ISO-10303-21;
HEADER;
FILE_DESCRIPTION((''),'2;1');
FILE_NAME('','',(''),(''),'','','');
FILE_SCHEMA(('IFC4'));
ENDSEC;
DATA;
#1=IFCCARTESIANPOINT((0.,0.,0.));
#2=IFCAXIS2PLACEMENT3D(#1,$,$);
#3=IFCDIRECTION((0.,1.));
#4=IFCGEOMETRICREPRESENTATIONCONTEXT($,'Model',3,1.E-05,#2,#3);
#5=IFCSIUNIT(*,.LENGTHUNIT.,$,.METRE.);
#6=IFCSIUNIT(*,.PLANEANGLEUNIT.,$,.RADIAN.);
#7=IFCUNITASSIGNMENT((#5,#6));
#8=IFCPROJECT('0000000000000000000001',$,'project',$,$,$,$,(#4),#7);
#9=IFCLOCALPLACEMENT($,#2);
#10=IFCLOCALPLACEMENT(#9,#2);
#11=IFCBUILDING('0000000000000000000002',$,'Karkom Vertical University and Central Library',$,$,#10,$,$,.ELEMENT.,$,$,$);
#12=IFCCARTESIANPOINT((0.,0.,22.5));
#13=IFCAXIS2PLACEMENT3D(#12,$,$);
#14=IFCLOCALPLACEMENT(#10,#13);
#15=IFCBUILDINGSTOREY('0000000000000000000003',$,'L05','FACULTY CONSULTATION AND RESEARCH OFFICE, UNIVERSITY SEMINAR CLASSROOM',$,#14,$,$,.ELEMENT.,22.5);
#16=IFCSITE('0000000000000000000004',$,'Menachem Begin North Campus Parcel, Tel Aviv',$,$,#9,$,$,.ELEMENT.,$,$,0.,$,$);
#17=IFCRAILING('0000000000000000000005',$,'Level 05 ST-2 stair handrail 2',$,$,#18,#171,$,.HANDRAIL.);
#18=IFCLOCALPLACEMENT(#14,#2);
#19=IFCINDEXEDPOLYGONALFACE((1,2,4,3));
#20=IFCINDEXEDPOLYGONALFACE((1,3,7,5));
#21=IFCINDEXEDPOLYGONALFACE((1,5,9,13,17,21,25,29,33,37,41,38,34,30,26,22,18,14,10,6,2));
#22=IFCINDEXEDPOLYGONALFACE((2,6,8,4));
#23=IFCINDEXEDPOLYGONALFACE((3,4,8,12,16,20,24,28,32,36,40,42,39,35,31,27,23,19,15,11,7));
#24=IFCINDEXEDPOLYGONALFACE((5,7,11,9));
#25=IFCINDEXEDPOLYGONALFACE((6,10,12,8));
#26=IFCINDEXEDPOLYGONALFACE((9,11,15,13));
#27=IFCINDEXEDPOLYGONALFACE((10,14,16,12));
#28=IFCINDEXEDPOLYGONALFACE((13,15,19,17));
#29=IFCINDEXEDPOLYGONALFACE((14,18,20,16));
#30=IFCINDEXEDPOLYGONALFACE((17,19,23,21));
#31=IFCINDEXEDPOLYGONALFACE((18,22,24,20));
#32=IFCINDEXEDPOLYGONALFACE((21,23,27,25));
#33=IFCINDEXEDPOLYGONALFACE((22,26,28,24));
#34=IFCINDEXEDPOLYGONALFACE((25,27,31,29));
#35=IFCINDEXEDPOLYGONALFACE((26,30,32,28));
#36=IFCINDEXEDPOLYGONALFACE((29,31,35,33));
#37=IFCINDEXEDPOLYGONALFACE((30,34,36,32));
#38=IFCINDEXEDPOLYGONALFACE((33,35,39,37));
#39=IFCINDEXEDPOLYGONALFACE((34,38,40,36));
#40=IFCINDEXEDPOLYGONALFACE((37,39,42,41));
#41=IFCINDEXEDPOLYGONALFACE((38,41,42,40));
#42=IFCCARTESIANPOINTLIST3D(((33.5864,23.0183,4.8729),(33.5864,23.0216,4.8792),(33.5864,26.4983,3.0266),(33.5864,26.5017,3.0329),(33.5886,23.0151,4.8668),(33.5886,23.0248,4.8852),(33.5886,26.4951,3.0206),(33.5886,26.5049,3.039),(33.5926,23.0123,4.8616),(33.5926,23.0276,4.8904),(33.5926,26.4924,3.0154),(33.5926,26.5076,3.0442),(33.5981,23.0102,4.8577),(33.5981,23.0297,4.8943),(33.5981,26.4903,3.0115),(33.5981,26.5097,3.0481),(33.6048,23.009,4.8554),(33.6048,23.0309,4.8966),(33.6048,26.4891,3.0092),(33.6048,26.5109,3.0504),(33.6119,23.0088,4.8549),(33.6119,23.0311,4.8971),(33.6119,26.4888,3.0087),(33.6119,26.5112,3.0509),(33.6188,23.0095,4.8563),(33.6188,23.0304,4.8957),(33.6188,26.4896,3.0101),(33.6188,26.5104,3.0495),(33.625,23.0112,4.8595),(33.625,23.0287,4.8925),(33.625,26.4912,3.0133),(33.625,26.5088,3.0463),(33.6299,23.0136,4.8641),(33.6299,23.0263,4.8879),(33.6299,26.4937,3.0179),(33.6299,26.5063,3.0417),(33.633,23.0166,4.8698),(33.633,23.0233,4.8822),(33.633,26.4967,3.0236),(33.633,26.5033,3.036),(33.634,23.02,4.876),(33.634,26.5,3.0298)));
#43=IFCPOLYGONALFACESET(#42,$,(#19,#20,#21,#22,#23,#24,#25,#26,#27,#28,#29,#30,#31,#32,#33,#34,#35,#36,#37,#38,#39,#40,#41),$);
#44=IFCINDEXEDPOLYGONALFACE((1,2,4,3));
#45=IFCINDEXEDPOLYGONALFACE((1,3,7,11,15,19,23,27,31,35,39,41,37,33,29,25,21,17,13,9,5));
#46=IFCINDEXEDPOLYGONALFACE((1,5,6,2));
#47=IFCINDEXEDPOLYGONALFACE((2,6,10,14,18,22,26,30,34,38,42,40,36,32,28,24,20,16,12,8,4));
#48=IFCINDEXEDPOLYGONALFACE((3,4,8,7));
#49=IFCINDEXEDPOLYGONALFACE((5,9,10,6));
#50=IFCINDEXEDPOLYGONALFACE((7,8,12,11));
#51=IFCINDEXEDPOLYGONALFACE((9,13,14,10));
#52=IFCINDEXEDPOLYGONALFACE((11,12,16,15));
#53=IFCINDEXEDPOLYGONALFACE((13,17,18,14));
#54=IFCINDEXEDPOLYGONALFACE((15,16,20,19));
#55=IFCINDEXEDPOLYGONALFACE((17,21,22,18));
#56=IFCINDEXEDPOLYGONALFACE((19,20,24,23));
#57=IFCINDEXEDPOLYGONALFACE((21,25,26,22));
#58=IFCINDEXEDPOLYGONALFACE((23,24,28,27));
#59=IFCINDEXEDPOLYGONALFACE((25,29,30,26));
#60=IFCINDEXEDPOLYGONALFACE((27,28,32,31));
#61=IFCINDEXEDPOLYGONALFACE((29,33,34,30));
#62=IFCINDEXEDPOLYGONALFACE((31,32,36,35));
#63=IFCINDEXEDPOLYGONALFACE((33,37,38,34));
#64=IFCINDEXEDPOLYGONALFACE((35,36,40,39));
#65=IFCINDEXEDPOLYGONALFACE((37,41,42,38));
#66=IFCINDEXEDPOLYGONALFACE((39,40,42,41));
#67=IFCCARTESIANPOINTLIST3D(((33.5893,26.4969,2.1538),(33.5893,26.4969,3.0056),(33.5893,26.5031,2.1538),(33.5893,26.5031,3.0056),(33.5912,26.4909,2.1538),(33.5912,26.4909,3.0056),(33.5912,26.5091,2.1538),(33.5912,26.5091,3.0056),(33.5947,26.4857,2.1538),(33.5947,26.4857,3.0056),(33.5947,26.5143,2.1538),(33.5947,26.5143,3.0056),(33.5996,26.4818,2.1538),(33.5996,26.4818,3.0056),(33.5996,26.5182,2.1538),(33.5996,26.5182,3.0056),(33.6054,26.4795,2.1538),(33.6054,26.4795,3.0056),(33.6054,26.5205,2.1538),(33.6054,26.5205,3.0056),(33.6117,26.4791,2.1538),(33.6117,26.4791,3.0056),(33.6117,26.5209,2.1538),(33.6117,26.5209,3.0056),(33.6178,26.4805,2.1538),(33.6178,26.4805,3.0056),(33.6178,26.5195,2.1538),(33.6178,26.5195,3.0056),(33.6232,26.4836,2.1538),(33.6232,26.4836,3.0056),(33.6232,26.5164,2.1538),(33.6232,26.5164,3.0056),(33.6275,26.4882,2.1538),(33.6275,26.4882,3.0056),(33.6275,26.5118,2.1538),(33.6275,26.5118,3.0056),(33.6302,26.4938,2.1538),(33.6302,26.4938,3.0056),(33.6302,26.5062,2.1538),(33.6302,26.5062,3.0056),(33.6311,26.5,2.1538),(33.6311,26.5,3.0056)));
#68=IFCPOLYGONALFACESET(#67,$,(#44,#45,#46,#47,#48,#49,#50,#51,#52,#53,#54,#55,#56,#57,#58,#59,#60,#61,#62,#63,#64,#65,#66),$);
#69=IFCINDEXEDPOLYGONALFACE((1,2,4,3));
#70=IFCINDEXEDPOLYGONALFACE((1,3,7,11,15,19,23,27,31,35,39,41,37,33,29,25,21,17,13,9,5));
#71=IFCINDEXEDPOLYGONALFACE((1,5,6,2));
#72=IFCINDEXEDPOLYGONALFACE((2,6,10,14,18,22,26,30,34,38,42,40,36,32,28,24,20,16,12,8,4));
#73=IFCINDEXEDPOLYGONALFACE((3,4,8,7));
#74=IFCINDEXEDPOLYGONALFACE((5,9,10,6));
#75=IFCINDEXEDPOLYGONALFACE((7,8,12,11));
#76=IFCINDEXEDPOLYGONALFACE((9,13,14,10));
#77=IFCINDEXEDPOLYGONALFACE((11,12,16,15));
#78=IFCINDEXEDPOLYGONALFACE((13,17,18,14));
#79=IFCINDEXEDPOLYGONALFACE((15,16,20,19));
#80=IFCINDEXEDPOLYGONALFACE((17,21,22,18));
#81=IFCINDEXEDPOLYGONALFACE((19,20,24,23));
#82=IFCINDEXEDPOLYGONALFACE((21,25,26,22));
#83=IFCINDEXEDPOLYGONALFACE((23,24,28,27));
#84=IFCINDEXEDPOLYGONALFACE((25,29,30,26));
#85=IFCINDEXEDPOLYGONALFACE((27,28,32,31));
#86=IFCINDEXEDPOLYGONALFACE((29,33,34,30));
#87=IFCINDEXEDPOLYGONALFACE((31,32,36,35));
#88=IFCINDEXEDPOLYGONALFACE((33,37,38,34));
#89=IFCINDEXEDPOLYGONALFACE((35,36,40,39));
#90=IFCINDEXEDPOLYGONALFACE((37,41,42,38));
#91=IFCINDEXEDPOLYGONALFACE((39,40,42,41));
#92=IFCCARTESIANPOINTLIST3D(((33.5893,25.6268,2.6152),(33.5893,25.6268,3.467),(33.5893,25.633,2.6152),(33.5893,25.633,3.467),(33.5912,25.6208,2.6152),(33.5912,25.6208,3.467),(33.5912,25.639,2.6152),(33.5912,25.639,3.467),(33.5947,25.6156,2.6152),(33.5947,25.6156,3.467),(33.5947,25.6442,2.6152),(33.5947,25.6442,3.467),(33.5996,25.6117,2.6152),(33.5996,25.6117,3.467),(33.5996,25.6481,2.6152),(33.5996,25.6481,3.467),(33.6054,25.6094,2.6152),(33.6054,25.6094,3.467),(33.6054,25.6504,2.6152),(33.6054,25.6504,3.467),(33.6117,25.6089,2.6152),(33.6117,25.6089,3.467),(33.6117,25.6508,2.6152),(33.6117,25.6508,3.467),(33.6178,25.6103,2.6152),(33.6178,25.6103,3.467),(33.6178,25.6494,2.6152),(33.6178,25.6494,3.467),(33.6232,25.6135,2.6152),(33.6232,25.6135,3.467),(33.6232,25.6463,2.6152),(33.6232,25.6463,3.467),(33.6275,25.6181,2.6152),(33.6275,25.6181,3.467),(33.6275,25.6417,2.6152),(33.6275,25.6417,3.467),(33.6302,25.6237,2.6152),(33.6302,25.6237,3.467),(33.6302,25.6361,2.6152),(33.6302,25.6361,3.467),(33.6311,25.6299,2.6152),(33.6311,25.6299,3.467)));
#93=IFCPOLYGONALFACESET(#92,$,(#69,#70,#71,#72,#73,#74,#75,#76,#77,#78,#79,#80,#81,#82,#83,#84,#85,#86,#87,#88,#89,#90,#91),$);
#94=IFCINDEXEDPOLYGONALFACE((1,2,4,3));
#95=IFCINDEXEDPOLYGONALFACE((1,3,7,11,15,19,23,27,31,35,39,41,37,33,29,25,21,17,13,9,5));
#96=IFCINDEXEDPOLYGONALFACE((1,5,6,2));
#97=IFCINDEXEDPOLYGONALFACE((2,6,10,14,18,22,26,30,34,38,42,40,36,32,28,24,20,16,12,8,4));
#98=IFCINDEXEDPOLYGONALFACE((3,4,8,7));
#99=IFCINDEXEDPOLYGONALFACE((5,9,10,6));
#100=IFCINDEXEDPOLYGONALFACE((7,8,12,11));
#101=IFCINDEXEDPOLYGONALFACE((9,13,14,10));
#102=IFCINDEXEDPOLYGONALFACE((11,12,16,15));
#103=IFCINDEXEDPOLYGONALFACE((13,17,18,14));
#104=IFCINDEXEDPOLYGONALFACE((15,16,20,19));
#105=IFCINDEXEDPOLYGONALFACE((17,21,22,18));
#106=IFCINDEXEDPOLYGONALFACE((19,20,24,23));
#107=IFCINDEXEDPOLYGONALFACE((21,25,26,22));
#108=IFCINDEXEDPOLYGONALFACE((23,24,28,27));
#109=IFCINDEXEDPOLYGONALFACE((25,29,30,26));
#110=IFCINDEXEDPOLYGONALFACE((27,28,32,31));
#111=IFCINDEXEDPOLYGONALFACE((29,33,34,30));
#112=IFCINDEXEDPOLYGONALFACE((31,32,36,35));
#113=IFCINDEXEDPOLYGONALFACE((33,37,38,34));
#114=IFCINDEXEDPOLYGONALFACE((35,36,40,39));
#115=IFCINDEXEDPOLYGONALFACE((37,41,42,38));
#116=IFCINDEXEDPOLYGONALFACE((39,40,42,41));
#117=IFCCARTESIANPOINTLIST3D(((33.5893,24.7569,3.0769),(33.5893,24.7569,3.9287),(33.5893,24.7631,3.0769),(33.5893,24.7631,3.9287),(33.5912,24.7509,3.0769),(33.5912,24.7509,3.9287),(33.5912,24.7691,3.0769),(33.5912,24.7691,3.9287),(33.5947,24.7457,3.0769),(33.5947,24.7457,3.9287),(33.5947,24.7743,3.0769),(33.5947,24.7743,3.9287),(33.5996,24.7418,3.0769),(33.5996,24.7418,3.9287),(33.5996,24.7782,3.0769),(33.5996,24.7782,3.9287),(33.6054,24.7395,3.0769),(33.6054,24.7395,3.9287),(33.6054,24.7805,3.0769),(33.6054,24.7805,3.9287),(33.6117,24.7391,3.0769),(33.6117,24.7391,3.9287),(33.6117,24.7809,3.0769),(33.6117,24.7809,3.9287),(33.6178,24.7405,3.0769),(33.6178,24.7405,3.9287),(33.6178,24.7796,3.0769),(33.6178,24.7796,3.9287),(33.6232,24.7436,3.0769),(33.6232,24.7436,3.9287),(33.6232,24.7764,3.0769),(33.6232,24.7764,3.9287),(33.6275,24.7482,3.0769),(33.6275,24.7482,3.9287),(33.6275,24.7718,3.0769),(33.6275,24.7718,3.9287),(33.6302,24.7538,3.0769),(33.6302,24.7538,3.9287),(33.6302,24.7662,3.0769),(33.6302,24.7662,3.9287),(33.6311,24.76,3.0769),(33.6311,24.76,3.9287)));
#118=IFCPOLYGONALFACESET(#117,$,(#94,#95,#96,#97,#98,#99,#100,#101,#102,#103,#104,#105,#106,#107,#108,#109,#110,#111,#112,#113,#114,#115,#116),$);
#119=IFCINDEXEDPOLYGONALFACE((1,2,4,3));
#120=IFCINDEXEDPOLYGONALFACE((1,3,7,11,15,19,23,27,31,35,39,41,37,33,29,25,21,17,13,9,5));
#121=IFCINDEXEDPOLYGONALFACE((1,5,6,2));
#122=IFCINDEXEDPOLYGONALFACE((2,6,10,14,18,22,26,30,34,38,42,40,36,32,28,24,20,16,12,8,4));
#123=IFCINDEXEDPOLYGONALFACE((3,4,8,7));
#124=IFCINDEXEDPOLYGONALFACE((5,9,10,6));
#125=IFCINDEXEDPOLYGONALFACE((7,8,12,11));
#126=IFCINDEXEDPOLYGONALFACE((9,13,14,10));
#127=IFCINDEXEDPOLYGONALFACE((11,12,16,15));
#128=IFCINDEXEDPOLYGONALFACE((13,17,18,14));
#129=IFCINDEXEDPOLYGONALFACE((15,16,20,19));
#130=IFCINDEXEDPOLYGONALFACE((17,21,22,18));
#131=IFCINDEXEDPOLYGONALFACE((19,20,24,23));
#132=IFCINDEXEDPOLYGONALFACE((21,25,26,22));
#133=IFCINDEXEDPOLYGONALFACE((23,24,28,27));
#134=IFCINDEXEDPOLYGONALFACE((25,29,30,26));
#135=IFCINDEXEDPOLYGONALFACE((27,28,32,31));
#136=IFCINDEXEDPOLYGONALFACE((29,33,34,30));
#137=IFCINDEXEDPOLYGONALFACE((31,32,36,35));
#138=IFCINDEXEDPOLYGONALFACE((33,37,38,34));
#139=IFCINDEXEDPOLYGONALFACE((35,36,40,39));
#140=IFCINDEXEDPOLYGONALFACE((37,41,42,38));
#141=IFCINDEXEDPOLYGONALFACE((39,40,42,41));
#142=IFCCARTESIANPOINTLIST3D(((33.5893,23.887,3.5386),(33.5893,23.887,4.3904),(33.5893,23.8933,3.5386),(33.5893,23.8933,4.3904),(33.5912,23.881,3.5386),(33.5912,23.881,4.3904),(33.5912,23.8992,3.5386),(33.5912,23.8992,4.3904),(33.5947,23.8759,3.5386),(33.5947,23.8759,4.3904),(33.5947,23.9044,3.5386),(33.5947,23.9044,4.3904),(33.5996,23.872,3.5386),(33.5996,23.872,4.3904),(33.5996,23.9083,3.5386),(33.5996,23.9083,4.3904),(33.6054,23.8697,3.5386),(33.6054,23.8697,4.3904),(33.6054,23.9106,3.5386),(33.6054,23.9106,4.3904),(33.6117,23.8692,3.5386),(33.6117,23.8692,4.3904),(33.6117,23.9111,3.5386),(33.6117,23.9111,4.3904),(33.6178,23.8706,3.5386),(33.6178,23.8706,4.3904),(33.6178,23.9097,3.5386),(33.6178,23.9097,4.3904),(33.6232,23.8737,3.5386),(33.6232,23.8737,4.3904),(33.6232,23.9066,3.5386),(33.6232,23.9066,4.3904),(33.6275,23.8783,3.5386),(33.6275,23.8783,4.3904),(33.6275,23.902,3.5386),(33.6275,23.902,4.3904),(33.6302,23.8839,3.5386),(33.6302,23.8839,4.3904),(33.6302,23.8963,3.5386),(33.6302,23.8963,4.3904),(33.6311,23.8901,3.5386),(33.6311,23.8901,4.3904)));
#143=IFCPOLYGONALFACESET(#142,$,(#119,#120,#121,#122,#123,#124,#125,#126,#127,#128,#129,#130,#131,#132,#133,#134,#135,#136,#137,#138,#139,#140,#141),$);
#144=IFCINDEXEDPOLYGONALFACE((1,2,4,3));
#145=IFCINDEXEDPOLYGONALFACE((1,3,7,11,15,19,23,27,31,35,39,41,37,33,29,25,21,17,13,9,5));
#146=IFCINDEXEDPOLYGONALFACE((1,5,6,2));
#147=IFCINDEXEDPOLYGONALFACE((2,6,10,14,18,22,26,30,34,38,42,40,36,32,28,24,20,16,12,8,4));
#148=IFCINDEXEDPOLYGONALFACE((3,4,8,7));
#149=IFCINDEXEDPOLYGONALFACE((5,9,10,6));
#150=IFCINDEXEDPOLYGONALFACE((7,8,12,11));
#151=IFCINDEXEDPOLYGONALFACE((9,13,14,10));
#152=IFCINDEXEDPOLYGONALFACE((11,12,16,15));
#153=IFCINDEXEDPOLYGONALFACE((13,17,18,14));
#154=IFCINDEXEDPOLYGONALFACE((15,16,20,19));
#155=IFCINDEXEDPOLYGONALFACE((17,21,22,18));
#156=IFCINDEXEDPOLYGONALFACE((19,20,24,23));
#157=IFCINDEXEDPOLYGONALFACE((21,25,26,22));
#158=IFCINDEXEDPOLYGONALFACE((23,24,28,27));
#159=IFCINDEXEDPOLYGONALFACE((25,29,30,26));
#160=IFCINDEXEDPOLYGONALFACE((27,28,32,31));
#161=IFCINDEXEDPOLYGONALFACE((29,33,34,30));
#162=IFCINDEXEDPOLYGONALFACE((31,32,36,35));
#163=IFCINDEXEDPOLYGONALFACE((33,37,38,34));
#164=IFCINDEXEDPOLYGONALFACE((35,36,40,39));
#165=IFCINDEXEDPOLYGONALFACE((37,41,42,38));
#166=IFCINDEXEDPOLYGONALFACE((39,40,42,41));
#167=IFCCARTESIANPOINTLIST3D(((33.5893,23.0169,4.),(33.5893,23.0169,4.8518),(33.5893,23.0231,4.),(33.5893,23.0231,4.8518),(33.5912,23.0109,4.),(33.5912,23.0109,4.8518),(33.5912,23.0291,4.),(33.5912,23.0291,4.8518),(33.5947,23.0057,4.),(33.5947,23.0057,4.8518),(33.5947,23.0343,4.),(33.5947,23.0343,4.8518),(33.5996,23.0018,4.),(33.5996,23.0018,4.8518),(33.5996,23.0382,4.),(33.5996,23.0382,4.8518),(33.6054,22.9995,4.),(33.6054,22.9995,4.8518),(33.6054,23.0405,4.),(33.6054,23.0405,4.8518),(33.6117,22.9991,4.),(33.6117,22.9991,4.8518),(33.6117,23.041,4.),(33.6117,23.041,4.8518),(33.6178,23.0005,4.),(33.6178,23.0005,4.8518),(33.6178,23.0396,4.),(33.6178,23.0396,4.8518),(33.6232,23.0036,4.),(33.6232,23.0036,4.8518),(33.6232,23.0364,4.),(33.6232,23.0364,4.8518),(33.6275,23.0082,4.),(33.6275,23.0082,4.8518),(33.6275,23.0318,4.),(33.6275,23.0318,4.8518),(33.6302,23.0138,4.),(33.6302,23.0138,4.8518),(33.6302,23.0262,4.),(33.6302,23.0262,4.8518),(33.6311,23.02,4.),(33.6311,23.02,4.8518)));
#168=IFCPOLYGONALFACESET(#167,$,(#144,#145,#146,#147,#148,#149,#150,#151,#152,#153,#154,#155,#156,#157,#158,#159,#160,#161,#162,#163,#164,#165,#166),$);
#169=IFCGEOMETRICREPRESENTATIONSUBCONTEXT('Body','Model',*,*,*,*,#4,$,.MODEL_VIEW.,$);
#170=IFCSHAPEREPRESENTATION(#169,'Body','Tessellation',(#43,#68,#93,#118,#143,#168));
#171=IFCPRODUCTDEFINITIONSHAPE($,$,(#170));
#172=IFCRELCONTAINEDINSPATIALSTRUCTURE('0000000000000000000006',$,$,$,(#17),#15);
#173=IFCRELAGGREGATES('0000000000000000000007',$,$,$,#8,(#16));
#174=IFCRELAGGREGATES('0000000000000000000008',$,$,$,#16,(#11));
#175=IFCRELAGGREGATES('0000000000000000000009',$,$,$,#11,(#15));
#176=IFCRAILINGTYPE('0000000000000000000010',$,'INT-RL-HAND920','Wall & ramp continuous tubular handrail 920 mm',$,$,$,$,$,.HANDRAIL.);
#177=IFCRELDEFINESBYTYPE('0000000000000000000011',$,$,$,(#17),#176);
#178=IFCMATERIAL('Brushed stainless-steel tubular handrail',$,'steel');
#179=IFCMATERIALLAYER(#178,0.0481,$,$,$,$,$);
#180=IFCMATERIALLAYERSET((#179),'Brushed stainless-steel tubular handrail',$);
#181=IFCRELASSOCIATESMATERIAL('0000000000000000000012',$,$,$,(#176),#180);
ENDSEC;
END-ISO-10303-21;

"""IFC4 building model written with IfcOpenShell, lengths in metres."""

from ifc_helpers import new_model, si_unit, direction, frame, origin, origin_2d, place, context, subcontext, project, spatial, circle, extrude, material, layer, layer_set, type_object, element, save


model = new_model("IFC4")

# Units and contexts
model_context = context("Model", 3, precision=1e-05, world=origin(), true_north=direction((0.0, 1.0)))
body_context = subcontext(model_context, "Body", "Model", "MODEL_VIEW")
ifc_project = project(units=[si_unit("LENGTHUNIT", "METRE"), si_unit("PLANEANGLEUNIT", "RADIAN")], contexts=[model_context])

# Site, building, storey
site_placement = place(None, origin())
site = spatial("IfcSite", under=ifc_project, at=site_placement, Name="Menachem Begin North Campus Parcel, Tel Aviv", CompositionType="ELEMENT", RefElevation=0.0)
building_placement = place(site_placement, origin())
building = spatial("IfcBuilding", under=site, at=building_placement, Name="Karkom Vertical University and Central Library", CompositionType="ELEMENT")
storey_placement = place(building_placement, frame((0.0, 0.0, 22.5)))
storey = spatial("IfcBuildingStorey", under=building, at=storey_placement, Name="L05", Description="FACULTY CONSULTATION AND RESEARCH OFFICE, UNIVERSITY SEMINAR CLASSROOM", CompositionType="ELEMENT", Elevation=22.5)

# Railing
ifc_material_1 = material(Name="Brushed stainless-steel tubular handrail", Category="steel")
ifc_layer_1 = layer(ifc_material_1, 0.0481)
ifc_layer_set_1 = layer_set([ifc_layer_1], Name="Brushed stainless-steel tubular handrail")
railing_type_1 = type_object("IfcRailingType", Name="INT-RL-HAND920", Description="Wall & ramp continuous tubular handrail 920 mm", PredefinedType="HANDRAIL", material=ifc_layer_set_1)
railing_1_placement = place(storey_placement, frame((33.6101, 26.5, 2.1538)))
element("IfcRailing", 1, at=railing_1_placement, inside=storey, type_object=railing_type_1, Name="Level 05 ST-2 stair handrail 2", PredefinedType="HANDRAIL", context=body_context, shape_type="SweptSolid", body=[
    extrude(circle(Radius=0.0239, at=origin_2d()), frame((0.0, 0.0, 0.876), z_axis=(0.0, -0.883384, 0.468651), x_axis=(1.0, 0.0, 0.0)), (0.0, 0.0, 1.0), 3.9395),
    extrude(circle(Radius=0.021, at=origin_2d()), origin(), (0.0, 0.0, 1.0), 0.8518),
    extrude(circle(Radius=0.021, at=origin_2d()), frame((0.0, -0.8701, 0.4614)), (0.0, 0.0, 1.0), 0.8518),
    extrude(circle(Radius=0.021, at=origin_2d()), frame((0.0, -1.74, 0.9231)), (0.0, 0.0, 1.0), 0.8518),
    extrude(circle(Radius=0.021, at=origin_2d()), frame((0.0, -2.6099, 1.3848)), (0.0, 0.0, 1.0), 0.8518),
    extrude(circle(Radius=0.021, at=origin_2d()), frame((0.0, -3.48, 1.8462)), (0.0, 0.0, 1.0), 0.8518),
])

save(model, "model.ifc")
